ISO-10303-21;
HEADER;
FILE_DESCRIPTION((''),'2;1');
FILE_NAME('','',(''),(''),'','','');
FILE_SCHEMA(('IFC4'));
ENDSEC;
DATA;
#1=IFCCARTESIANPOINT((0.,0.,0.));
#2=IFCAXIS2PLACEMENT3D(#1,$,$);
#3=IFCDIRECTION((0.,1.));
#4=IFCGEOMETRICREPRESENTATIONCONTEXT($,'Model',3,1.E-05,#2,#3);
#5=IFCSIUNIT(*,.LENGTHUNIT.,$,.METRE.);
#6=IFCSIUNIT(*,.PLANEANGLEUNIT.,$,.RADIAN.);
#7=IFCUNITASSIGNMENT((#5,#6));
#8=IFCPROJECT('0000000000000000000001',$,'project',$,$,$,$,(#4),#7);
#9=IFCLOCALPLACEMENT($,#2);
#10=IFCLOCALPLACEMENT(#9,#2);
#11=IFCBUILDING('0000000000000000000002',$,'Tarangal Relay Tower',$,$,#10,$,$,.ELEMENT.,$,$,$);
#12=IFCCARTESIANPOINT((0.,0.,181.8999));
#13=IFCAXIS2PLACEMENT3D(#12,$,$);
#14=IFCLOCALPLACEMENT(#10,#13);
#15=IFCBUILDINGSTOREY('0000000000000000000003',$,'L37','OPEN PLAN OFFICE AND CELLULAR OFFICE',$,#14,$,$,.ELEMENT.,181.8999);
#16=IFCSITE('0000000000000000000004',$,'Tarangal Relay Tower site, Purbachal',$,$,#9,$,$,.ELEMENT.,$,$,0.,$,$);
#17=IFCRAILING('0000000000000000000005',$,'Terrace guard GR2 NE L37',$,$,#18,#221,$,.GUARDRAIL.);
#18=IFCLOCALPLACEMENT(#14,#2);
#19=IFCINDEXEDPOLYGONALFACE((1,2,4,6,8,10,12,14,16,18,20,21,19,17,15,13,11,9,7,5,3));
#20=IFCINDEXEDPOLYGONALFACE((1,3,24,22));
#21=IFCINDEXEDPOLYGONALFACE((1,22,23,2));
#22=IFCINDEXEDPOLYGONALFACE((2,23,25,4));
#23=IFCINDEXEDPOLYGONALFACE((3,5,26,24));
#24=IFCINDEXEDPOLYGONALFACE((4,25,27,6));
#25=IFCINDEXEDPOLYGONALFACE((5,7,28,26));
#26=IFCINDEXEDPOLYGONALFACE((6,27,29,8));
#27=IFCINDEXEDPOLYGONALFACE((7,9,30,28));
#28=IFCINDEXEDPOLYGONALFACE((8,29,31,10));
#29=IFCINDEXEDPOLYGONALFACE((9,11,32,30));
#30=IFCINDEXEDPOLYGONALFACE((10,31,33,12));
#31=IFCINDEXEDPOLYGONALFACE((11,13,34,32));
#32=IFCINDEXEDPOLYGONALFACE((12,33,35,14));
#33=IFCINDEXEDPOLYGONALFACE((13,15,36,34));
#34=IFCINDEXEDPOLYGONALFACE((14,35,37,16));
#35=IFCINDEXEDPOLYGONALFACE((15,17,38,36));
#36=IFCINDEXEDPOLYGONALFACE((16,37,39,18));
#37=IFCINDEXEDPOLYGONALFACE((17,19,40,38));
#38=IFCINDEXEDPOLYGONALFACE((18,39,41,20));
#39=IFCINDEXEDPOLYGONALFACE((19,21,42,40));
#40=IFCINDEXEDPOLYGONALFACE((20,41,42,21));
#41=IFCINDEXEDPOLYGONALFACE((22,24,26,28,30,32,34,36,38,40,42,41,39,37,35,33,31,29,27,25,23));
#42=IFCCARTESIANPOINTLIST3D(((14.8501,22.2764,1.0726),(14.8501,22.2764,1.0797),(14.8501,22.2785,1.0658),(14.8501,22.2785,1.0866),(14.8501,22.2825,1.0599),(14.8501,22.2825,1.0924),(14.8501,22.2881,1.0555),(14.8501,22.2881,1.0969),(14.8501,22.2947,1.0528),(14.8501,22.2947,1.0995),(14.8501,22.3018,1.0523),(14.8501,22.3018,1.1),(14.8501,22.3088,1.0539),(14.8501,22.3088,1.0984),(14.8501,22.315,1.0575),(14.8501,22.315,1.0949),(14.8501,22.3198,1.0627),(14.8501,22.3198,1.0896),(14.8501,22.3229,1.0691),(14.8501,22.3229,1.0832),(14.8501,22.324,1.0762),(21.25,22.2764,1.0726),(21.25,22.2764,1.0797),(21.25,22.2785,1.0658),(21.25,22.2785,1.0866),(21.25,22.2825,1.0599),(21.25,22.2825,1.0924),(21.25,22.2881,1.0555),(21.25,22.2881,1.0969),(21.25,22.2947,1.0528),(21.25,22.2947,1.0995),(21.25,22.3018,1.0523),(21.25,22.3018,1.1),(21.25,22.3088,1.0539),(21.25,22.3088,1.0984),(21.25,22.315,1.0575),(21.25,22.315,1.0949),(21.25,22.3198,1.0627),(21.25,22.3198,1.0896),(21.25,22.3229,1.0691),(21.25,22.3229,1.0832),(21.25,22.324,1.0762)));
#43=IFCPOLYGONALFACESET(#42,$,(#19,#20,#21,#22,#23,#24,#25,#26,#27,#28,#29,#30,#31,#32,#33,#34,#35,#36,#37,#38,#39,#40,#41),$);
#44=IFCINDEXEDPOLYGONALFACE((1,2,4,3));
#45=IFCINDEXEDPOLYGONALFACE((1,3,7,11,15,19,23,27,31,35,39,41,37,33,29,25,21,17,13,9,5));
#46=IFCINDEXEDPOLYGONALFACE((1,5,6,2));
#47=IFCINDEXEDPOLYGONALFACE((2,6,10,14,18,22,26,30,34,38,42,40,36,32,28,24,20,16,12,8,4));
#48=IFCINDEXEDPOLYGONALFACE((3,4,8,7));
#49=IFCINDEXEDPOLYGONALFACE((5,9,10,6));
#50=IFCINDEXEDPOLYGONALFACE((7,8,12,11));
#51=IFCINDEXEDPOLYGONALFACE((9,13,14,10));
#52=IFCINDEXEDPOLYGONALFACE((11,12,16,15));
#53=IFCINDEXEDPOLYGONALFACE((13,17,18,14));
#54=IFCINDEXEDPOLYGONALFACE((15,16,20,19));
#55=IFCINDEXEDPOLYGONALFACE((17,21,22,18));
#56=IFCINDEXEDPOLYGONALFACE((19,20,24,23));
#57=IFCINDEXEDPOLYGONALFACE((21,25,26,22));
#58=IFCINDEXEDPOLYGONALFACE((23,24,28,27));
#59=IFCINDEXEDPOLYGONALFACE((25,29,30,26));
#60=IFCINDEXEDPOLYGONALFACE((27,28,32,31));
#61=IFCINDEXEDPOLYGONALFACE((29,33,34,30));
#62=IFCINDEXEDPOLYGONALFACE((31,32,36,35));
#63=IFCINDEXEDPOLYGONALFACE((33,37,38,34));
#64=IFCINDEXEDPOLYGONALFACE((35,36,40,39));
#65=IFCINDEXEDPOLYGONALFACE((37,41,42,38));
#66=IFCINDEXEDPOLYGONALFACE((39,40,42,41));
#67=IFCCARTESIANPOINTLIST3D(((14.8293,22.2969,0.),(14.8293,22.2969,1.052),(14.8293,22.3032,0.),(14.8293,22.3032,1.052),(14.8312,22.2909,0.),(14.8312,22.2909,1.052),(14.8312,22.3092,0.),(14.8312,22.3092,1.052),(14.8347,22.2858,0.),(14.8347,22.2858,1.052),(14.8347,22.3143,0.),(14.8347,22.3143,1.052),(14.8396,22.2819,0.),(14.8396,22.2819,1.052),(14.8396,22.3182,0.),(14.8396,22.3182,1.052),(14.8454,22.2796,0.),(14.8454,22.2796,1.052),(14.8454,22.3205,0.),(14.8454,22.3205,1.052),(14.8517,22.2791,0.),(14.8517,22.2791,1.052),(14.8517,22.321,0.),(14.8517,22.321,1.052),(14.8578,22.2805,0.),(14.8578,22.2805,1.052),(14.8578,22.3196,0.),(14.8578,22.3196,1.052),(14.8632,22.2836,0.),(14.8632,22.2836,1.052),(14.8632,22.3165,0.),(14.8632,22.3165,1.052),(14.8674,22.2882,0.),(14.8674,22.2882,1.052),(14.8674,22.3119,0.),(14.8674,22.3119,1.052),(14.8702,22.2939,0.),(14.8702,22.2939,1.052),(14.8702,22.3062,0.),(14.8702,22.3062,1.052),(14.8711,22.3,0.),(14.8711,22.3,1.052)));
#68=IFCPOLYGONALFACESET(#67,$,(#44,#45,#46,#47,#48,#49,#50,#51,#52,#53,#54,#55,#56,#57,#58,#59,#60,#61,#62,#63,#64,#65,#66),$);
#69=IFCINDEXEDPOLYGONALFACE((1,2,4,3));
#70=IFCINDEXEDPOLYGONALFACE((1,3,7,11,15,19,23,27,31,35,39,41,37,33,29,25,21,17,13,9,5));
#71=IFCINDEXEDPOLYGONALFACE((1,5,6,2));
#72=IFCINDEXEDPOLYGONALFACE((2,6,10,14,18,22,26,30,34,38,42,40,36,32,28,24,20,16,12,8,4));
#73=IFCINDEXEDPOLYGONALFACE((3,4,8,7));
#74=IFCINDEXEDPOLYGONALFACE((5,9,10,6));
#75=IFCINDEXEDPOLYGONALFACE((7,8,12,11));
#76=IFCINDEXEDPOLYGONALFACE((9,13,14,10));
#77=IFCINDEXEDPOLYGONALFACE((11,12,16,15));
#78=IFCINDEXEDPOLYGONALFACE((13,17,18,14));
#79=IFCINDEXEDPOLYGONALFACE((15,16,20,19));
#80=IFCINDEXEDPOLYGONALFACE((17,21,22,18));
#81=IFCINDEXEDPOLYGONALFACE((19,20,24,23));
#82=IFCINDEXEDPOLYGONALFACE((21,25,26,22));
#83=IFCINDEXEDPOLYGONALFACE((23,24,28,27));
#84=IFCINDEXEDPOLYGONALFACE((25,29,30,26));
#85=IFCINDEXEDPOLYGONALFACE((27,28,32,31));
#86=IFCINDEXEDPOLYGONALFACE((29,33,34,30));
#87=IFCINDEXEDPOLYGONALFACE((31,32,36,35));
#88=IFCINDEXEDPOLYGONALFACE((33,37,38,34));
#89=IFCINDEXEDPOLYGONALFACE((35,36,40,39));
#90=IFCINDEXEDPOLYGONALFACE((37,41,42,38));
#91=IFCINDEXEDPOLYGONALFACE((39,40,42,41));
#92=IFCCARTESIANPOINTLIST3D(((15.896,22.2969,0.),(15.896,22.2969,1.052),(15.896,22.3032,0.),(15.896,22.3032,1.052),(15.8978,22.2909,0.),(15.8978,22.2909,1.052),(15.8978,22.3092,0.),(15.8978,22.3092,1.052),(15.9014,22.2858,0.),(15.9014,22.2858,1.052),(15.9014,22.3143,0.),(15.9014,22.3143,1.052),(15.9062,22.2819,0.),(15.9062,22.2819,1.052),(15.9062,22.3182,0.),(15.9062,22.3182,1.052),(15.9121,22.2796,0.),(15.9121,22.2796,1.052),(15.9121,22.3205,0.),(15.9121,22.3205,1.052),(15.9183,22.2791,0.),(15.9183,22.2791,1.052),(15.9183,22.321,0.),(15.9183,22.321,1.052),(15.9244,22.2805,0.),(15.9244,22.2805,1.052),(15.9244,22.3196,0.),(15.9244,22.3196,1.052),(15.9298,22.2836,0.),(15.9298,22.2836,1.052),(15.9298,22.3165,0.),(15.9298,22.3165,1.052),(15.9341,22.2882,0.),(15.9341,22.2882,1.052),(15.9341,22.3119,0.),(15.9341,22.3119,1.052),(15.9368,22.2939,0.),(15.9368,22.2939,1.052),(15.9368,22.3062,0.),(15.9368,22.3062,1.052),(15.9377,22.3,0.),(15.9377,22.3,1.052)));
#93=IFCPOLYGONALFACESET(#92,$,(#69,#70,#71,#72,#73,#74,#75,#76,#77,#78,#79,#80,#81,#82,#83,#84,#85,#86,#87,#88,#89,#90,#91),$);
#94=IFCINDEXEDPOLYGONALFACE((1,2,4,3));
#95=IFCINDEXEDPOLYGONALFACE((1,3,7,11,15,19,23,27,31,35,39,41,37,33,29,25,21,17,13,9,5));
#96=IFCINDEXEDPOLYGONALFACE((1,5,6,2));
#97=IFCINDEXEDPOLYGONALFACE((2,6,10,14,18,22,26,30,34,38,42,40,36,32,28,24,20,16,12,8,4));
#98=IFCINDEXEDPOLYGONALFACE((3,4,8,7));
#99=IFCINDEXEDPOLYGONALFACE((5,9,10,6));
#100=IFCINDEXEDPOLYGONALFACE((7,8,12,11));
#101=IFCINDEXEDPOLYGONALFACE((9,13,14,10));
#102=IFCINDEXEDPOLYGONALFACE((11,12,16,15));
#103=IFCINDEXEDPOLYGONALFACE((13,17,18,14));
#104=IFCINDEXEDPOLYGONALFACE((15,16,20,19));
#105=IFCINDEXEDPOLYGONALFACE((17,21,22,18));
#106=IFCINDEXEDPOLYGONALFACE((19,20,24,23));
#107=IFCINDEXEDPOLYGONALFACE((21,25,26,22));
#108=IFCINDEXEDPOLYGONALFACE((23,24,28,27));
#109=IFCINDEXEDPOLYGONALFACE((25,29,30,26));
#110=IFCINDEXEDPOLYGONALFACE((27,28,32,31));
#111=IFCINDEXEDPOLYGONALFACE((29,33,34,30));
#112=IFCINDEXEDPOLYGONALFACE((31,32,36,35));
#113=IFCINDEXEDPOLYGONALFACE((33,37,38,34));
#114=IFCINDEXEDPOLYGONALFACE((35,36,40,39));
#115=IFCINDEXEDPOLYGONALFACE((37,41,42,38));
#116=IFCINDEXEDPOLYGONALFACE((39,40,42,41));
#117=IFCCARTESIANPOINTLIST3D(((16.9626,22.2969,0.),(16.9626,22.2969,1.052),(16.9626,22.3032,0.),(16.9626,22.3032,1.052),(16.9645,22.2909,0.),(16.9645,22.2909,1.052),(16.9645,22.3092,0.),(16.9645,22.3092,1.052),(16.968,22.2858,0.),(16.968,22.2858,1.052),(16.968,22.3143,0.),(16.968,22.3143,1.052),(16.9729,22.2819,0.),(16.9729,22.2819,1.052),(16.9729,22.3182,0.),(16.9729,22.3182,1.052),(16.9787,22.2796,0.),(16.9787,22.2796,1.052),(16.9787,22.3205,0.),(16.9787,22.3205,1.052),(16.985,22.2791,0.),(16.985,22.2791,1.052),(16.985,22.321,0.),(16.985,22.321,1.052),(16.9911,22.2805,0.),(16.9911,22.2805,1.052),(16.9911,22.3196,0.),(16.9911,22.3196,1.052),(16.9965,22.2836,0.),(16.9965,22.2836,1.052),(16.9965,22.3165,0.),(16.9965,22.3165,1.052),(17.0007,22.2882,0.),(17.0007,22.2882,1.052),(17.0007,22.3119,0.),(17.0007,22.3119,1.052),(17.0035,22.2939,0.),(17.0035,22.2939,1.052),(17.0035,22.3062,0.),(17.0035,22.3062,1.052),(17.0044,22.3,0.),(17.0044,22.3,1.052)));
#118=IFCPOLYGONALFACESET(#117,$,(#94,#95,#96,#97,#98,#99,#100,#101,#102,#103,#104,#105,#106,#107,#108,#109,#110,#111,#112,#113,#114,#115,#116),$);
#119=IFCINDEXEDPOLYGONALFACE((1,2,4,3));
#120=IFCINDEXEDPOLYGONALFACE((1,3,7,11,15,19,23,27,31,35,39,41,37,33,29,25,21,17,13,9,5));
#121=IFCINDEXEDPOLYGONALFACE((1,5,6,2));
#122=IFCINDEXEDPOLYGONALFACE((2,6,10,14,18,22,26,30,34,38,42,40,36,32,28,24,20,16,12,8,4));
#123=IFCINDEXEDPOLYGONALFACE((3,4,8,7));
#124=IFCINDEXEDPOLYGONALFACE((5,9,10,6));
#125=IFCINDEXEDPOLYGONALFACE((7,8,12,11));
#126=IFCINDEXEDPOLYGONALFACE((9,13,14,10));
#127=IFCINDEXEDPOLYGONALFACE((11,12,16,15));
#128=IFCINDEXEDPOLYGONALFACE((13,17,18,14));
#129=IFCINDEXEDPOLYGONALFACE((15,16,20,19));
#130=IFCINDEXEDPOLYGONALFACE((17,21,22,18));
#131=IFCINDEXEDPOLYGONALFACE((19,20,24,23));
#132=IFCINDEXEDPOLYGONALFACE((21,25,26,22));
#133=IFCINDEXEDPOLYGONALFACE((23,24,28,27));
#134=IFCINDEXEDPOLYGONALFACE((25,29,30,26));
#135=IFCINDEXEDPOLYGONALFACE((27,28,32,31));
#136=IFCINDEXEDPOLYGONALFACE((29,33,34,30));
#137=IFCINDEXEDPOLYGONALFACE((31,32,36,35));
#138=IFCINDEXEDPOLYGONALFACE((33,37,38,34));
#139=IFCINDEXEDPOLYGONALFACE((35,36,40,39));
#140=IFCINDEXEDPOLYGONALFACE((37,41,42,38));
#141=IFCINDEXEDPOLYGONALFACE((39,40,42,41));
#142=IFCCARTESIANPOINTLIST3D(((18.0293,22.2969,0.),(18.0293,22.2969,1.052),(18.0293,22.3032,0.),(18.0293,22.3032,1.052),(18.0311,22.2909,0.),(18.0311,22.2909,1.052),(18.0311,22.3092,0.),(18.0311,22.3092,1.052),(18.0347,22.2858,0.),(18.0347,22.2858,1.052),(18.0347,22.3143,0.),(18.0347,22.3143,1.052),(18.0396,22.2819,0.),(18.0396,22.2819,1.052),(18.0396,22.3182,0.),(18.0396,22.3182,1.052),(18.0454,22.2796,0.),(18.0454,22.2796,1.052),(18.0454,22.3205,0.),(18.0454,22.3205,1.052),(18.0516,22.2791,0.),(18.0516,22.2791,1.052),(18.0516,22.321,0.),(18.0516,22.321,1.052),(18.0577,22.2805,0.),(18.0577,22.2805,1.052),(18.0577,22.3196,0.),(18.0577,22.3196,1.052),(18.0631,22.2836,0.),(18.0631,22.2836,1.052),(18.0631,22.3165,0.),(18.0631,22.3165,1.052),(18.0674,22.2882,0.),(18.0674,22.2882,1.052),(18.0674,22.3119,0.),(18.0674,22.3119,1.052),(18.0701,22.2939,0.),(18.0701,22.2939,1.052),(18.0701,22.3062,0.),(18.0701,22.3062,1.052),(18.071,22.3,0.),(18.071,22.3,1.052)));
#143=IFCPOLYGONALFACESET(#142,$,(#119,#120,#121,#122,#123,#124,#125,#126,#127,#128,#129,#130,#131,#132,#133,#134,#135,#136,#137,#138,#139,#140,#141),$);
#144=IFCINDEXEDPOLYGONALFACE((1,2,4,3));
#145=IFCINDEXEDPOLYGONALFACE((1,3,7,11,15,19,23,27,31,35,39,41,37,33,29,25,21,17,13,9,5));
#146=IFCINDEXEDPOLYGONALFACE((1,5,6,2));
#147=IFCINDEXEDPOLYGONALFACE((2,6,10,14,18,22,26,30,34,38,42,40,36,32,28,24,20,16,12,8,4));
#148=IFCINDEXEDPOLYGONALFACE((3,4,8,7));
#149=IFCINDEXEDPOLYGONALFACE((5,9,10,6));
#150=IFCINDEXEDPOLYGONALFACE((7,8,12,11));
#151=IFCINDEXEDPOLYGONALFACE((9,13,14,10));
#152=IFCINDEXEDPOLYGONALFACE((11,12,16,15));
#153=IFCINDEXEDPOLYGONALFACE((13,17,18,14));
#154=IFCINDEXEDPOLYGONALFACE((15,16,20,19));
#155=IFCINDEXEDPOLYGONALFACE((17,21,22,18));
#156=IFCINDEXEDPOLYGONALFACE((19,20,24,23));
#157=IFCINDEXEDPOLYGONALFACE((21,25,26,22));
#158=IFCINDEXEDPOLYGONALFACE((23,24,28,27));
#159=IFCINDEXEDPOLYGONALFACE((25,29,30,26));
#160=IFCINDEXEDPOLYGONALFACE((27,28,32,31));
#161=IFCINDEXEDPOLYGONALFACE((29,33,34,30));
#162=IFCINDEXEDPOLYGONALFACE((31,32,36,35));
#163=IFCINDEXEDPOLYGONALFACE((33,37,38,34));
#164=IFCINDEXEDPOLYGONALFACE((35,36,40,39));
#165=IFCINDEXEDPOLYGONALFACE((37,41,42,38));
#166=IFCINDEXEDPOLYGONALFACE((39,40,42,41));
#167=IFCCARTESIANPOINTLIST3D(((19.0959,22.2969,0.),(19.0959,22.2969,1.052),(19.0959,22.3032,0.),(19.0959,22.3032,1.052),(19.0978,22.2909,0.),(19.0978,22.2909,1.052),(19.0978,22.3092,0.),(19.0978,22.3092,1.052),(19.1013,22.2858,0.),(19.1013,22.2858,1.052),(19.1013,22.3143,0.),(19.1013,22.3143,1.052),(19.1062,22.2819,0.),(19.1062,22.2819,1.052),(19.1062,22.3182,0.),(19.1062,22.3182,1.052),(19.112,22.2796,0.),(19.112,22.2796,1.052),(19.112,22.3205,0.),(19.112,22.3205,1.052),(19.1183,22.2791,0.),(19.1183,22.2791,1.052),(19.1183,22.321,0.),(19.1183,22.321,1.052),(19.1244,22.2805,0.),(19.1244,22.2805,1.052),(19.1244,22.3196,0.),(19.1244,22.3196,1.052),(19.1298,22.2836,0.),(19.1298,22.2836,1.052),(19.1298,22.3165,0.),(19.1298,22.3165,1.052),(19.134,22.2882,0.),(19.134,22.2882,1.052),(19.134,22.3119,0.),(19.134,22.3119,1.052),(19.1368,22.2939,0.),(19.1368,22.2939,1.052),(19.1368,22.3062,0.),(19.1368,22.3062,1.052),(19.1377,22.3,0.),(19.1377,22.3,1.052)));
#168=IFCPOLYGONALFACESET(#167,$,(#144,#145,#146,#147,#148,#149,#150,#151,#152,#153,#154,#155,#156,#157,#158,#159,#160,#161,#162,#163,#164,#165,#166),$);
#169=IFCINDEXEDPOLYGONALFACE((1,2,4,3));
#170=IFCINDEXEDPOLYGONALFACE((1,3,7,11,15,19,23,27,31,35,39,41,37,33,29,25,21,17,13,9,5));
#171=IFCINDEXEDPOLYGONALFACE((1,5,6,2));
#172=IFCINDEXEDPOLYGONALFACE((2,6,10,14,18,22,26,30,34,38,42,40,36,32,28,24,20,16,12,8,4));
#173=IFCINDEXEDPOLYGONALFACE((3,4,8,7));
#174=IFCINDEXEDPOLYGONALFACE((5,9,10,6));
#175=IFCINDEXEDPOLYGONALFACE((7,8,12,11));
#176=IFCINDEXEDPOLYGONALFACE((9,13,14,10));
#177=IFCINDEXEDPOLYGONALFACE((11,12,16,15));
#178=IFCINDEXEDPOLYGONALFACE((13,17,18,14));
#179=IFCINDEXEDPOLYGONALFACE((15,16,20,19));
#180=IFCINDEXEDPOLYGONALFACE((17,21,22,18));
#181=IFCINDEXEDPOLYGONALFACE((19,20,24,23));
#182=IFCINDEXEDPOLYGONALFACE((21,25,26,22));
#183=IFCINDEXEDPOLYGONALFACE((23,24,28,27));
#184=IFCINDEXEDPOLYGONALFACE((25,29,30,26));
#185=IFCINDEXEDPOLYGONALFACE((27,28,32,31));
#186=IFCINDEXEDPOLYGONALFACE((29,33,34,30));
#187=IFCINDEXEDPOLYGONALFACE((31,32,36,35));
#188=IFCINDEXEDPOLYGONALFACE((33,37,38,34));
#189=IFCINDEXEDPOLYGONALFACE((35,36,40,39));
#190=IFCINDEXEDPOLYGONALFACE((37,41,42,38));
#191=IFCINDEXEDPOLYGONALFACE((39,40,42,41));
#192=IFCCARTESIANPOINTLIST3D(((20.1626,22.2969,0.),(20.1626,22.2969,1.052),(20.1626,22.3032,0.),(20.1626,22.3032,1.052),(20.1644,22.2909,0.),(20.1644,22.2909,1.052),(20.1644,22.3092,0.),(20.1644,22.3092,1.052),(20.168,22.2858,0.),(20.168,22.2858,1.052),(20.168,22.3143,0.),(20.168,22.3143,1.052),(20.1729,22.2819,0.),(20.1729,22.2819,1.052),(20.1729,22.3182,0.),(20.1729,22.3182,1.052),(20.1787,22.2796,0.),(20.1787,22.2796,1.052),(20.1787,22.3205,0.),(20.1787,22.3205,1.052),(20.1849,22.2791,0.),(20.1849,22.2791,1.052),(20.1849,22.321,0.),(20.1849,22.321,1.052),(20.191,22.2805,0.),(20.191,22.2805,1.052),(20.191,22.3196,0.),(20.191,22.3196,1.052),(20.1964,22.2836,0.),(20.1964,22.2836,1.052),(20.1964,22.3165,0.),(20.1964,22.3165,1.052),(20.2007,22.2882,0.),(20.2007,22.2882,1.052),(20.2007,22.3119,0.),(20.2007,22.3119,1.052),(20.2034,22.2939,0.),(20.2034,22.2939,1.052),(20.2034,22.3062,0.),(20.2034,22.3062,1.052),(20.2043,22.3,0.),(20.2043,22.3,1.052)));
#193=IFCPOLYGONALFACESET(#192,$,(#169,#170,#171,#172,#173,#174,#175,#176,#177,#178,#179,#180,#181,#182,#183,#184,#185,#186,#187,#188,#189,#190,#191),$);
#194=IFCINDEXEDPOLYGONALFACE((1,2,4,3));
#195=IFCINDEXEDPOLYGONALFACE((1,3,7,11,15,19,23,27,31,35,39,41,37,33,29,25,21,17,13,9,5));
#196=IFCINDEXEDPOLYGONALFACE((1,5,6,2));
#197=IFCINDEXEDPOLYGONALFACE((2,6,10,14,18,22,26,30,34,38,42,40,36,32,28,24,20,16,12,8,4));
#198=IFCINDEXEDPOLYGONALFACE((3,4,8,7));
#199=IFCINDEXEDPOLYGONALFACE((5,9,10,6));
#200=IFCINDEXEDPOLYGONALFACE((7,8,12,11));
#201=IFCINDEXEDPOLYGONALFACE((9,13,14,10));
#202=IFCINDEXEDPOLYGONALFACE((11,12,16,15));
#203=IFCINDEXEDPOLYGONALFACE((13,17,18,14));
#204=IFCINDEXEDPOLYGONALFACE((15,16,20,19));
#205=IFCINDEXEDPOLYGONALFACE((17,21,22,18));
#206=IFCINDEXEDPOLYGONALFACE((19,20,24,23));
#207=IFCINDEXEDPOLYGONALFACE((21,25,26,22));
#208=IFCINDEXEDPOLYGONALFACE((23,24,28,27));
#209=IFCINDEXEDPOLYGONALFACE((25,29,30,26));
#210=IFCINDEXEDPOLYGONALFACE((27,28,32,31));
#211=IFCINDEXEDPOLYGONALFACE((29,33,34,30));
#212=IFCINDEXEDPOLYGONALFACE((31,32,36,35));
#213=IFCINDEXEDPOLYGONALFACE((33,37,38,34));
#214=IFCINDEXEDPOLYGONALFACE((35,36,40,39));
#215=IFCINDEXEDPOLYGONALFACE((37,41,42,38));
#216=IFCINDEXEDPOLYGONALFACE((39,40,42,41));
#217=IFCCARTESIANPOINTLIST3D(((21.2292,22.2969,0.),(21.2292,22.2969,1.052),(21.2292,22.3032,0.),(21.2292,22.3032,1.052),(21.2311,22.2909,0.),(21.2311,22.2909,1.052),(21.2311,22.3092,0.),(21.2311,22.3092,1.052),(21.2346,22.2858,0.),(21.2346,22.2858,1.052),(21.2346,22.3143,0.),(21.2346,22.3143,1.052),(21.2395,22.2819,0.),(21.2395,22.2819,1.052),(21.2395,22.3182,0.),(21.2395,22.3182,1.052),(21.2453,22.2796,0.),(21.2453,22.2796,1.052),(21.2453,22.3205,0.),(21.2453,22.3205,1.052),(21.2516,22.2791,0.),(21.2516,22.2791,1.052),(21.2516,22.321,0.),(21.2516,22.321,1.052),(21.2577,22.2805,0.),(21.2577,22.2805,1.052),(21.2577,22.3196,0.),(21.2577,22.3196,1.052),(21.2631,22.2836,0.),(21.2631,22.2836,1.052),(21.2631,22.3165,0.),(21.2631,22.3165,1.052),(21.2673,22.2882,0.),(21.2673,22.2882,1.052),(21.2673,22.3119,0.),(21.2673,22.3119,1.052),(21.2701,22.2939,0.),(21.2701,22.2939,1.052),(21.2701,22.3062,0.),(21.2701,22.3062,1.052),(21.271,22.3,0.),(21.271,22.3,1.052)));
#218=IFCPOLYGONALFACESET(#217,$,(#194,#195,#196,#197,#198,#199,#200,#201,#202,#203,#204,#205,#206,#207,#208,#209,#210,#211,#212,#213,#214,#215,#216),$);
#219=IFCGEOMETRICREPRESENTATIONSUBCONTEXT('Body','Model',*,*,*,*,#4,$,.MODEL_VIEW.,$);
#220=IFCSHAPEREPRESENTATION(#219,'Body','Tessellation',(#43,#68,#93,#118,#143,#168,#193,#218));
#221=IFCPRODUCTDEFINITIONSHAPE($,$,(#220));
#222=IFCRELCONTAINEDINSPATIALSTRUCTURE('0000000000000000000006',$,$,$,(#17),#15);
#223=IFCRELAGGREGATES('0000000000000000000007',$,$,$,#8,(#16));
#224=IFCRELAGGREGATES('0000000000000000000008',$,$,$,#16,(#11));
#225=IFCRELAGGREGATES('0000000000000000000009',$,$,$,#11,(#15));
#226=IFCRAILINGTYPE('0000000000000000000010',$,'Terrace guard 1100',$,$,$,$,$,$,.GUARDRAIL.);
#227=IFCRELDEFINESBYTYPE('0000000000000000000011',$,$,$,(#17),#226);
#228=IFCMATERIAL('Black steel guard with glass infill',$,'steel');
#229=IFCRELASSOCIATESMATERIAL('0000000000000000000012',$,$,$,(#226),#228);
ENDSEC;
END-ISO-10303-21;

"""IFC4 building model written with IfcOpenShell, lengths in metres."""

from ifc_helpers import new_model, si_unit, direction, frame, origin, origin_2d, place, context, subcontext, project, spatial, circle, extrude, material, type_object, element, save


model = new_model("IFC4")

# Units and contexts
model_context = context("Model", 3, precision=1e-05, world=origin(), true_north=direction((0.0, 1.0)))
body_context = subcontext(model_context, "Body", "Model", "MODEL_VIEW")
ifc_project = project(units=[si_unit("LENGTHUNIT", "METRE"), si_unit("PLANEANGLEUNIT", "RADIAN")], contexts=[model_context])

# Site, building, storey
site_placement = place(None, origin())
site = spatial("IfcSite", under=ifc_project, at=site_placement, Name="Tarangal Relay Tower site, Purbachal", CompositionType="ELEMENT", RefElevation=0.0)
building_placement = place(site_placement, origin())
building = spatial("IfcBuilding", under=site, at=building_placement, Name="Tarangal Relay Tower", CompositionType="ELEMENT")
storey_placement = place(building_placement, frame((0.0, 0.0, 181.8999)))
storey = spatial("IfcBuildingStorey", under=building, at=storey_placement, Name="L37", Description="OPEN PLAN OFFICE AND CELLULAR OFFICE", CompositionType="ELEMENT", Elevation=181.8999)

# Railing
ifc_material_1 = material(Name="Black steel guard with glass infill", Category="steel")
railing_type = type_object("IfcRailingType", Name="Terrace guard 1100", PredefinedType="GUARDRAIL", material=ifc_material_1)
railing_1_placement = place(storey_placement, frame((14.8501, 22.3, 0.0)))
element("IfcRailing", 1, at=railing_1_placement, inside=storey, type_object=railing_type, Name="Terrace guard GR2 NE L37", PredefinedType="GUARDRAIL", context=body_context, shape_type="SweptSolid", body=[
    extrude(circle(Radius=0.0239, at=origin_2d()), frame((0.0, 0.0, 1.0762), z_axis=(1.0, 0.0, 0.0), x_axis=(0.0, 1.0, 0.0)), (0.0, 0.0, 1.0), 6.3999),
    extrude(circle(Radius=0.021, at=origin_2d()), origin(), (0.0, 0.0, 1.0), 1.052),
    extrude(circle(Radius=0.021, at=origin_2d()), frame((1.0667, 0.0, 0.0)), (0.0, 0.0, 1.0), 1.052),
    extrude(circle(Radius=0.021, at=origin_2d()), frame((2.1333, 0.0, 0.0)), (0.0, 0.0, 1.0), 1.052),
    extrude(circle(Radius=0.021, at=origin_2d()), frame((3.2, 0.0, 0.0)), (0.0, 0.0, 1.0), 1.052),
    extrude(circle(Radius=0.021, at=origin_2d()), frame((4.2666, 0.0, 0.0)), (0.0, 0.0, 1.0), 1.052),
    extrude(circle(Radius=0.021, at=origin_2d()), frame((5.3333, 0.0, 0.0)), (0.0, 0.0, 1.0), 1.052),
    extrude(circle(Radius=0.021, at=origin_2d()), frame((6.3999, 0.0, 0.0)), (0.0, 0.0, 1.0), 1.052),
])

save(model, "model.ifc")
